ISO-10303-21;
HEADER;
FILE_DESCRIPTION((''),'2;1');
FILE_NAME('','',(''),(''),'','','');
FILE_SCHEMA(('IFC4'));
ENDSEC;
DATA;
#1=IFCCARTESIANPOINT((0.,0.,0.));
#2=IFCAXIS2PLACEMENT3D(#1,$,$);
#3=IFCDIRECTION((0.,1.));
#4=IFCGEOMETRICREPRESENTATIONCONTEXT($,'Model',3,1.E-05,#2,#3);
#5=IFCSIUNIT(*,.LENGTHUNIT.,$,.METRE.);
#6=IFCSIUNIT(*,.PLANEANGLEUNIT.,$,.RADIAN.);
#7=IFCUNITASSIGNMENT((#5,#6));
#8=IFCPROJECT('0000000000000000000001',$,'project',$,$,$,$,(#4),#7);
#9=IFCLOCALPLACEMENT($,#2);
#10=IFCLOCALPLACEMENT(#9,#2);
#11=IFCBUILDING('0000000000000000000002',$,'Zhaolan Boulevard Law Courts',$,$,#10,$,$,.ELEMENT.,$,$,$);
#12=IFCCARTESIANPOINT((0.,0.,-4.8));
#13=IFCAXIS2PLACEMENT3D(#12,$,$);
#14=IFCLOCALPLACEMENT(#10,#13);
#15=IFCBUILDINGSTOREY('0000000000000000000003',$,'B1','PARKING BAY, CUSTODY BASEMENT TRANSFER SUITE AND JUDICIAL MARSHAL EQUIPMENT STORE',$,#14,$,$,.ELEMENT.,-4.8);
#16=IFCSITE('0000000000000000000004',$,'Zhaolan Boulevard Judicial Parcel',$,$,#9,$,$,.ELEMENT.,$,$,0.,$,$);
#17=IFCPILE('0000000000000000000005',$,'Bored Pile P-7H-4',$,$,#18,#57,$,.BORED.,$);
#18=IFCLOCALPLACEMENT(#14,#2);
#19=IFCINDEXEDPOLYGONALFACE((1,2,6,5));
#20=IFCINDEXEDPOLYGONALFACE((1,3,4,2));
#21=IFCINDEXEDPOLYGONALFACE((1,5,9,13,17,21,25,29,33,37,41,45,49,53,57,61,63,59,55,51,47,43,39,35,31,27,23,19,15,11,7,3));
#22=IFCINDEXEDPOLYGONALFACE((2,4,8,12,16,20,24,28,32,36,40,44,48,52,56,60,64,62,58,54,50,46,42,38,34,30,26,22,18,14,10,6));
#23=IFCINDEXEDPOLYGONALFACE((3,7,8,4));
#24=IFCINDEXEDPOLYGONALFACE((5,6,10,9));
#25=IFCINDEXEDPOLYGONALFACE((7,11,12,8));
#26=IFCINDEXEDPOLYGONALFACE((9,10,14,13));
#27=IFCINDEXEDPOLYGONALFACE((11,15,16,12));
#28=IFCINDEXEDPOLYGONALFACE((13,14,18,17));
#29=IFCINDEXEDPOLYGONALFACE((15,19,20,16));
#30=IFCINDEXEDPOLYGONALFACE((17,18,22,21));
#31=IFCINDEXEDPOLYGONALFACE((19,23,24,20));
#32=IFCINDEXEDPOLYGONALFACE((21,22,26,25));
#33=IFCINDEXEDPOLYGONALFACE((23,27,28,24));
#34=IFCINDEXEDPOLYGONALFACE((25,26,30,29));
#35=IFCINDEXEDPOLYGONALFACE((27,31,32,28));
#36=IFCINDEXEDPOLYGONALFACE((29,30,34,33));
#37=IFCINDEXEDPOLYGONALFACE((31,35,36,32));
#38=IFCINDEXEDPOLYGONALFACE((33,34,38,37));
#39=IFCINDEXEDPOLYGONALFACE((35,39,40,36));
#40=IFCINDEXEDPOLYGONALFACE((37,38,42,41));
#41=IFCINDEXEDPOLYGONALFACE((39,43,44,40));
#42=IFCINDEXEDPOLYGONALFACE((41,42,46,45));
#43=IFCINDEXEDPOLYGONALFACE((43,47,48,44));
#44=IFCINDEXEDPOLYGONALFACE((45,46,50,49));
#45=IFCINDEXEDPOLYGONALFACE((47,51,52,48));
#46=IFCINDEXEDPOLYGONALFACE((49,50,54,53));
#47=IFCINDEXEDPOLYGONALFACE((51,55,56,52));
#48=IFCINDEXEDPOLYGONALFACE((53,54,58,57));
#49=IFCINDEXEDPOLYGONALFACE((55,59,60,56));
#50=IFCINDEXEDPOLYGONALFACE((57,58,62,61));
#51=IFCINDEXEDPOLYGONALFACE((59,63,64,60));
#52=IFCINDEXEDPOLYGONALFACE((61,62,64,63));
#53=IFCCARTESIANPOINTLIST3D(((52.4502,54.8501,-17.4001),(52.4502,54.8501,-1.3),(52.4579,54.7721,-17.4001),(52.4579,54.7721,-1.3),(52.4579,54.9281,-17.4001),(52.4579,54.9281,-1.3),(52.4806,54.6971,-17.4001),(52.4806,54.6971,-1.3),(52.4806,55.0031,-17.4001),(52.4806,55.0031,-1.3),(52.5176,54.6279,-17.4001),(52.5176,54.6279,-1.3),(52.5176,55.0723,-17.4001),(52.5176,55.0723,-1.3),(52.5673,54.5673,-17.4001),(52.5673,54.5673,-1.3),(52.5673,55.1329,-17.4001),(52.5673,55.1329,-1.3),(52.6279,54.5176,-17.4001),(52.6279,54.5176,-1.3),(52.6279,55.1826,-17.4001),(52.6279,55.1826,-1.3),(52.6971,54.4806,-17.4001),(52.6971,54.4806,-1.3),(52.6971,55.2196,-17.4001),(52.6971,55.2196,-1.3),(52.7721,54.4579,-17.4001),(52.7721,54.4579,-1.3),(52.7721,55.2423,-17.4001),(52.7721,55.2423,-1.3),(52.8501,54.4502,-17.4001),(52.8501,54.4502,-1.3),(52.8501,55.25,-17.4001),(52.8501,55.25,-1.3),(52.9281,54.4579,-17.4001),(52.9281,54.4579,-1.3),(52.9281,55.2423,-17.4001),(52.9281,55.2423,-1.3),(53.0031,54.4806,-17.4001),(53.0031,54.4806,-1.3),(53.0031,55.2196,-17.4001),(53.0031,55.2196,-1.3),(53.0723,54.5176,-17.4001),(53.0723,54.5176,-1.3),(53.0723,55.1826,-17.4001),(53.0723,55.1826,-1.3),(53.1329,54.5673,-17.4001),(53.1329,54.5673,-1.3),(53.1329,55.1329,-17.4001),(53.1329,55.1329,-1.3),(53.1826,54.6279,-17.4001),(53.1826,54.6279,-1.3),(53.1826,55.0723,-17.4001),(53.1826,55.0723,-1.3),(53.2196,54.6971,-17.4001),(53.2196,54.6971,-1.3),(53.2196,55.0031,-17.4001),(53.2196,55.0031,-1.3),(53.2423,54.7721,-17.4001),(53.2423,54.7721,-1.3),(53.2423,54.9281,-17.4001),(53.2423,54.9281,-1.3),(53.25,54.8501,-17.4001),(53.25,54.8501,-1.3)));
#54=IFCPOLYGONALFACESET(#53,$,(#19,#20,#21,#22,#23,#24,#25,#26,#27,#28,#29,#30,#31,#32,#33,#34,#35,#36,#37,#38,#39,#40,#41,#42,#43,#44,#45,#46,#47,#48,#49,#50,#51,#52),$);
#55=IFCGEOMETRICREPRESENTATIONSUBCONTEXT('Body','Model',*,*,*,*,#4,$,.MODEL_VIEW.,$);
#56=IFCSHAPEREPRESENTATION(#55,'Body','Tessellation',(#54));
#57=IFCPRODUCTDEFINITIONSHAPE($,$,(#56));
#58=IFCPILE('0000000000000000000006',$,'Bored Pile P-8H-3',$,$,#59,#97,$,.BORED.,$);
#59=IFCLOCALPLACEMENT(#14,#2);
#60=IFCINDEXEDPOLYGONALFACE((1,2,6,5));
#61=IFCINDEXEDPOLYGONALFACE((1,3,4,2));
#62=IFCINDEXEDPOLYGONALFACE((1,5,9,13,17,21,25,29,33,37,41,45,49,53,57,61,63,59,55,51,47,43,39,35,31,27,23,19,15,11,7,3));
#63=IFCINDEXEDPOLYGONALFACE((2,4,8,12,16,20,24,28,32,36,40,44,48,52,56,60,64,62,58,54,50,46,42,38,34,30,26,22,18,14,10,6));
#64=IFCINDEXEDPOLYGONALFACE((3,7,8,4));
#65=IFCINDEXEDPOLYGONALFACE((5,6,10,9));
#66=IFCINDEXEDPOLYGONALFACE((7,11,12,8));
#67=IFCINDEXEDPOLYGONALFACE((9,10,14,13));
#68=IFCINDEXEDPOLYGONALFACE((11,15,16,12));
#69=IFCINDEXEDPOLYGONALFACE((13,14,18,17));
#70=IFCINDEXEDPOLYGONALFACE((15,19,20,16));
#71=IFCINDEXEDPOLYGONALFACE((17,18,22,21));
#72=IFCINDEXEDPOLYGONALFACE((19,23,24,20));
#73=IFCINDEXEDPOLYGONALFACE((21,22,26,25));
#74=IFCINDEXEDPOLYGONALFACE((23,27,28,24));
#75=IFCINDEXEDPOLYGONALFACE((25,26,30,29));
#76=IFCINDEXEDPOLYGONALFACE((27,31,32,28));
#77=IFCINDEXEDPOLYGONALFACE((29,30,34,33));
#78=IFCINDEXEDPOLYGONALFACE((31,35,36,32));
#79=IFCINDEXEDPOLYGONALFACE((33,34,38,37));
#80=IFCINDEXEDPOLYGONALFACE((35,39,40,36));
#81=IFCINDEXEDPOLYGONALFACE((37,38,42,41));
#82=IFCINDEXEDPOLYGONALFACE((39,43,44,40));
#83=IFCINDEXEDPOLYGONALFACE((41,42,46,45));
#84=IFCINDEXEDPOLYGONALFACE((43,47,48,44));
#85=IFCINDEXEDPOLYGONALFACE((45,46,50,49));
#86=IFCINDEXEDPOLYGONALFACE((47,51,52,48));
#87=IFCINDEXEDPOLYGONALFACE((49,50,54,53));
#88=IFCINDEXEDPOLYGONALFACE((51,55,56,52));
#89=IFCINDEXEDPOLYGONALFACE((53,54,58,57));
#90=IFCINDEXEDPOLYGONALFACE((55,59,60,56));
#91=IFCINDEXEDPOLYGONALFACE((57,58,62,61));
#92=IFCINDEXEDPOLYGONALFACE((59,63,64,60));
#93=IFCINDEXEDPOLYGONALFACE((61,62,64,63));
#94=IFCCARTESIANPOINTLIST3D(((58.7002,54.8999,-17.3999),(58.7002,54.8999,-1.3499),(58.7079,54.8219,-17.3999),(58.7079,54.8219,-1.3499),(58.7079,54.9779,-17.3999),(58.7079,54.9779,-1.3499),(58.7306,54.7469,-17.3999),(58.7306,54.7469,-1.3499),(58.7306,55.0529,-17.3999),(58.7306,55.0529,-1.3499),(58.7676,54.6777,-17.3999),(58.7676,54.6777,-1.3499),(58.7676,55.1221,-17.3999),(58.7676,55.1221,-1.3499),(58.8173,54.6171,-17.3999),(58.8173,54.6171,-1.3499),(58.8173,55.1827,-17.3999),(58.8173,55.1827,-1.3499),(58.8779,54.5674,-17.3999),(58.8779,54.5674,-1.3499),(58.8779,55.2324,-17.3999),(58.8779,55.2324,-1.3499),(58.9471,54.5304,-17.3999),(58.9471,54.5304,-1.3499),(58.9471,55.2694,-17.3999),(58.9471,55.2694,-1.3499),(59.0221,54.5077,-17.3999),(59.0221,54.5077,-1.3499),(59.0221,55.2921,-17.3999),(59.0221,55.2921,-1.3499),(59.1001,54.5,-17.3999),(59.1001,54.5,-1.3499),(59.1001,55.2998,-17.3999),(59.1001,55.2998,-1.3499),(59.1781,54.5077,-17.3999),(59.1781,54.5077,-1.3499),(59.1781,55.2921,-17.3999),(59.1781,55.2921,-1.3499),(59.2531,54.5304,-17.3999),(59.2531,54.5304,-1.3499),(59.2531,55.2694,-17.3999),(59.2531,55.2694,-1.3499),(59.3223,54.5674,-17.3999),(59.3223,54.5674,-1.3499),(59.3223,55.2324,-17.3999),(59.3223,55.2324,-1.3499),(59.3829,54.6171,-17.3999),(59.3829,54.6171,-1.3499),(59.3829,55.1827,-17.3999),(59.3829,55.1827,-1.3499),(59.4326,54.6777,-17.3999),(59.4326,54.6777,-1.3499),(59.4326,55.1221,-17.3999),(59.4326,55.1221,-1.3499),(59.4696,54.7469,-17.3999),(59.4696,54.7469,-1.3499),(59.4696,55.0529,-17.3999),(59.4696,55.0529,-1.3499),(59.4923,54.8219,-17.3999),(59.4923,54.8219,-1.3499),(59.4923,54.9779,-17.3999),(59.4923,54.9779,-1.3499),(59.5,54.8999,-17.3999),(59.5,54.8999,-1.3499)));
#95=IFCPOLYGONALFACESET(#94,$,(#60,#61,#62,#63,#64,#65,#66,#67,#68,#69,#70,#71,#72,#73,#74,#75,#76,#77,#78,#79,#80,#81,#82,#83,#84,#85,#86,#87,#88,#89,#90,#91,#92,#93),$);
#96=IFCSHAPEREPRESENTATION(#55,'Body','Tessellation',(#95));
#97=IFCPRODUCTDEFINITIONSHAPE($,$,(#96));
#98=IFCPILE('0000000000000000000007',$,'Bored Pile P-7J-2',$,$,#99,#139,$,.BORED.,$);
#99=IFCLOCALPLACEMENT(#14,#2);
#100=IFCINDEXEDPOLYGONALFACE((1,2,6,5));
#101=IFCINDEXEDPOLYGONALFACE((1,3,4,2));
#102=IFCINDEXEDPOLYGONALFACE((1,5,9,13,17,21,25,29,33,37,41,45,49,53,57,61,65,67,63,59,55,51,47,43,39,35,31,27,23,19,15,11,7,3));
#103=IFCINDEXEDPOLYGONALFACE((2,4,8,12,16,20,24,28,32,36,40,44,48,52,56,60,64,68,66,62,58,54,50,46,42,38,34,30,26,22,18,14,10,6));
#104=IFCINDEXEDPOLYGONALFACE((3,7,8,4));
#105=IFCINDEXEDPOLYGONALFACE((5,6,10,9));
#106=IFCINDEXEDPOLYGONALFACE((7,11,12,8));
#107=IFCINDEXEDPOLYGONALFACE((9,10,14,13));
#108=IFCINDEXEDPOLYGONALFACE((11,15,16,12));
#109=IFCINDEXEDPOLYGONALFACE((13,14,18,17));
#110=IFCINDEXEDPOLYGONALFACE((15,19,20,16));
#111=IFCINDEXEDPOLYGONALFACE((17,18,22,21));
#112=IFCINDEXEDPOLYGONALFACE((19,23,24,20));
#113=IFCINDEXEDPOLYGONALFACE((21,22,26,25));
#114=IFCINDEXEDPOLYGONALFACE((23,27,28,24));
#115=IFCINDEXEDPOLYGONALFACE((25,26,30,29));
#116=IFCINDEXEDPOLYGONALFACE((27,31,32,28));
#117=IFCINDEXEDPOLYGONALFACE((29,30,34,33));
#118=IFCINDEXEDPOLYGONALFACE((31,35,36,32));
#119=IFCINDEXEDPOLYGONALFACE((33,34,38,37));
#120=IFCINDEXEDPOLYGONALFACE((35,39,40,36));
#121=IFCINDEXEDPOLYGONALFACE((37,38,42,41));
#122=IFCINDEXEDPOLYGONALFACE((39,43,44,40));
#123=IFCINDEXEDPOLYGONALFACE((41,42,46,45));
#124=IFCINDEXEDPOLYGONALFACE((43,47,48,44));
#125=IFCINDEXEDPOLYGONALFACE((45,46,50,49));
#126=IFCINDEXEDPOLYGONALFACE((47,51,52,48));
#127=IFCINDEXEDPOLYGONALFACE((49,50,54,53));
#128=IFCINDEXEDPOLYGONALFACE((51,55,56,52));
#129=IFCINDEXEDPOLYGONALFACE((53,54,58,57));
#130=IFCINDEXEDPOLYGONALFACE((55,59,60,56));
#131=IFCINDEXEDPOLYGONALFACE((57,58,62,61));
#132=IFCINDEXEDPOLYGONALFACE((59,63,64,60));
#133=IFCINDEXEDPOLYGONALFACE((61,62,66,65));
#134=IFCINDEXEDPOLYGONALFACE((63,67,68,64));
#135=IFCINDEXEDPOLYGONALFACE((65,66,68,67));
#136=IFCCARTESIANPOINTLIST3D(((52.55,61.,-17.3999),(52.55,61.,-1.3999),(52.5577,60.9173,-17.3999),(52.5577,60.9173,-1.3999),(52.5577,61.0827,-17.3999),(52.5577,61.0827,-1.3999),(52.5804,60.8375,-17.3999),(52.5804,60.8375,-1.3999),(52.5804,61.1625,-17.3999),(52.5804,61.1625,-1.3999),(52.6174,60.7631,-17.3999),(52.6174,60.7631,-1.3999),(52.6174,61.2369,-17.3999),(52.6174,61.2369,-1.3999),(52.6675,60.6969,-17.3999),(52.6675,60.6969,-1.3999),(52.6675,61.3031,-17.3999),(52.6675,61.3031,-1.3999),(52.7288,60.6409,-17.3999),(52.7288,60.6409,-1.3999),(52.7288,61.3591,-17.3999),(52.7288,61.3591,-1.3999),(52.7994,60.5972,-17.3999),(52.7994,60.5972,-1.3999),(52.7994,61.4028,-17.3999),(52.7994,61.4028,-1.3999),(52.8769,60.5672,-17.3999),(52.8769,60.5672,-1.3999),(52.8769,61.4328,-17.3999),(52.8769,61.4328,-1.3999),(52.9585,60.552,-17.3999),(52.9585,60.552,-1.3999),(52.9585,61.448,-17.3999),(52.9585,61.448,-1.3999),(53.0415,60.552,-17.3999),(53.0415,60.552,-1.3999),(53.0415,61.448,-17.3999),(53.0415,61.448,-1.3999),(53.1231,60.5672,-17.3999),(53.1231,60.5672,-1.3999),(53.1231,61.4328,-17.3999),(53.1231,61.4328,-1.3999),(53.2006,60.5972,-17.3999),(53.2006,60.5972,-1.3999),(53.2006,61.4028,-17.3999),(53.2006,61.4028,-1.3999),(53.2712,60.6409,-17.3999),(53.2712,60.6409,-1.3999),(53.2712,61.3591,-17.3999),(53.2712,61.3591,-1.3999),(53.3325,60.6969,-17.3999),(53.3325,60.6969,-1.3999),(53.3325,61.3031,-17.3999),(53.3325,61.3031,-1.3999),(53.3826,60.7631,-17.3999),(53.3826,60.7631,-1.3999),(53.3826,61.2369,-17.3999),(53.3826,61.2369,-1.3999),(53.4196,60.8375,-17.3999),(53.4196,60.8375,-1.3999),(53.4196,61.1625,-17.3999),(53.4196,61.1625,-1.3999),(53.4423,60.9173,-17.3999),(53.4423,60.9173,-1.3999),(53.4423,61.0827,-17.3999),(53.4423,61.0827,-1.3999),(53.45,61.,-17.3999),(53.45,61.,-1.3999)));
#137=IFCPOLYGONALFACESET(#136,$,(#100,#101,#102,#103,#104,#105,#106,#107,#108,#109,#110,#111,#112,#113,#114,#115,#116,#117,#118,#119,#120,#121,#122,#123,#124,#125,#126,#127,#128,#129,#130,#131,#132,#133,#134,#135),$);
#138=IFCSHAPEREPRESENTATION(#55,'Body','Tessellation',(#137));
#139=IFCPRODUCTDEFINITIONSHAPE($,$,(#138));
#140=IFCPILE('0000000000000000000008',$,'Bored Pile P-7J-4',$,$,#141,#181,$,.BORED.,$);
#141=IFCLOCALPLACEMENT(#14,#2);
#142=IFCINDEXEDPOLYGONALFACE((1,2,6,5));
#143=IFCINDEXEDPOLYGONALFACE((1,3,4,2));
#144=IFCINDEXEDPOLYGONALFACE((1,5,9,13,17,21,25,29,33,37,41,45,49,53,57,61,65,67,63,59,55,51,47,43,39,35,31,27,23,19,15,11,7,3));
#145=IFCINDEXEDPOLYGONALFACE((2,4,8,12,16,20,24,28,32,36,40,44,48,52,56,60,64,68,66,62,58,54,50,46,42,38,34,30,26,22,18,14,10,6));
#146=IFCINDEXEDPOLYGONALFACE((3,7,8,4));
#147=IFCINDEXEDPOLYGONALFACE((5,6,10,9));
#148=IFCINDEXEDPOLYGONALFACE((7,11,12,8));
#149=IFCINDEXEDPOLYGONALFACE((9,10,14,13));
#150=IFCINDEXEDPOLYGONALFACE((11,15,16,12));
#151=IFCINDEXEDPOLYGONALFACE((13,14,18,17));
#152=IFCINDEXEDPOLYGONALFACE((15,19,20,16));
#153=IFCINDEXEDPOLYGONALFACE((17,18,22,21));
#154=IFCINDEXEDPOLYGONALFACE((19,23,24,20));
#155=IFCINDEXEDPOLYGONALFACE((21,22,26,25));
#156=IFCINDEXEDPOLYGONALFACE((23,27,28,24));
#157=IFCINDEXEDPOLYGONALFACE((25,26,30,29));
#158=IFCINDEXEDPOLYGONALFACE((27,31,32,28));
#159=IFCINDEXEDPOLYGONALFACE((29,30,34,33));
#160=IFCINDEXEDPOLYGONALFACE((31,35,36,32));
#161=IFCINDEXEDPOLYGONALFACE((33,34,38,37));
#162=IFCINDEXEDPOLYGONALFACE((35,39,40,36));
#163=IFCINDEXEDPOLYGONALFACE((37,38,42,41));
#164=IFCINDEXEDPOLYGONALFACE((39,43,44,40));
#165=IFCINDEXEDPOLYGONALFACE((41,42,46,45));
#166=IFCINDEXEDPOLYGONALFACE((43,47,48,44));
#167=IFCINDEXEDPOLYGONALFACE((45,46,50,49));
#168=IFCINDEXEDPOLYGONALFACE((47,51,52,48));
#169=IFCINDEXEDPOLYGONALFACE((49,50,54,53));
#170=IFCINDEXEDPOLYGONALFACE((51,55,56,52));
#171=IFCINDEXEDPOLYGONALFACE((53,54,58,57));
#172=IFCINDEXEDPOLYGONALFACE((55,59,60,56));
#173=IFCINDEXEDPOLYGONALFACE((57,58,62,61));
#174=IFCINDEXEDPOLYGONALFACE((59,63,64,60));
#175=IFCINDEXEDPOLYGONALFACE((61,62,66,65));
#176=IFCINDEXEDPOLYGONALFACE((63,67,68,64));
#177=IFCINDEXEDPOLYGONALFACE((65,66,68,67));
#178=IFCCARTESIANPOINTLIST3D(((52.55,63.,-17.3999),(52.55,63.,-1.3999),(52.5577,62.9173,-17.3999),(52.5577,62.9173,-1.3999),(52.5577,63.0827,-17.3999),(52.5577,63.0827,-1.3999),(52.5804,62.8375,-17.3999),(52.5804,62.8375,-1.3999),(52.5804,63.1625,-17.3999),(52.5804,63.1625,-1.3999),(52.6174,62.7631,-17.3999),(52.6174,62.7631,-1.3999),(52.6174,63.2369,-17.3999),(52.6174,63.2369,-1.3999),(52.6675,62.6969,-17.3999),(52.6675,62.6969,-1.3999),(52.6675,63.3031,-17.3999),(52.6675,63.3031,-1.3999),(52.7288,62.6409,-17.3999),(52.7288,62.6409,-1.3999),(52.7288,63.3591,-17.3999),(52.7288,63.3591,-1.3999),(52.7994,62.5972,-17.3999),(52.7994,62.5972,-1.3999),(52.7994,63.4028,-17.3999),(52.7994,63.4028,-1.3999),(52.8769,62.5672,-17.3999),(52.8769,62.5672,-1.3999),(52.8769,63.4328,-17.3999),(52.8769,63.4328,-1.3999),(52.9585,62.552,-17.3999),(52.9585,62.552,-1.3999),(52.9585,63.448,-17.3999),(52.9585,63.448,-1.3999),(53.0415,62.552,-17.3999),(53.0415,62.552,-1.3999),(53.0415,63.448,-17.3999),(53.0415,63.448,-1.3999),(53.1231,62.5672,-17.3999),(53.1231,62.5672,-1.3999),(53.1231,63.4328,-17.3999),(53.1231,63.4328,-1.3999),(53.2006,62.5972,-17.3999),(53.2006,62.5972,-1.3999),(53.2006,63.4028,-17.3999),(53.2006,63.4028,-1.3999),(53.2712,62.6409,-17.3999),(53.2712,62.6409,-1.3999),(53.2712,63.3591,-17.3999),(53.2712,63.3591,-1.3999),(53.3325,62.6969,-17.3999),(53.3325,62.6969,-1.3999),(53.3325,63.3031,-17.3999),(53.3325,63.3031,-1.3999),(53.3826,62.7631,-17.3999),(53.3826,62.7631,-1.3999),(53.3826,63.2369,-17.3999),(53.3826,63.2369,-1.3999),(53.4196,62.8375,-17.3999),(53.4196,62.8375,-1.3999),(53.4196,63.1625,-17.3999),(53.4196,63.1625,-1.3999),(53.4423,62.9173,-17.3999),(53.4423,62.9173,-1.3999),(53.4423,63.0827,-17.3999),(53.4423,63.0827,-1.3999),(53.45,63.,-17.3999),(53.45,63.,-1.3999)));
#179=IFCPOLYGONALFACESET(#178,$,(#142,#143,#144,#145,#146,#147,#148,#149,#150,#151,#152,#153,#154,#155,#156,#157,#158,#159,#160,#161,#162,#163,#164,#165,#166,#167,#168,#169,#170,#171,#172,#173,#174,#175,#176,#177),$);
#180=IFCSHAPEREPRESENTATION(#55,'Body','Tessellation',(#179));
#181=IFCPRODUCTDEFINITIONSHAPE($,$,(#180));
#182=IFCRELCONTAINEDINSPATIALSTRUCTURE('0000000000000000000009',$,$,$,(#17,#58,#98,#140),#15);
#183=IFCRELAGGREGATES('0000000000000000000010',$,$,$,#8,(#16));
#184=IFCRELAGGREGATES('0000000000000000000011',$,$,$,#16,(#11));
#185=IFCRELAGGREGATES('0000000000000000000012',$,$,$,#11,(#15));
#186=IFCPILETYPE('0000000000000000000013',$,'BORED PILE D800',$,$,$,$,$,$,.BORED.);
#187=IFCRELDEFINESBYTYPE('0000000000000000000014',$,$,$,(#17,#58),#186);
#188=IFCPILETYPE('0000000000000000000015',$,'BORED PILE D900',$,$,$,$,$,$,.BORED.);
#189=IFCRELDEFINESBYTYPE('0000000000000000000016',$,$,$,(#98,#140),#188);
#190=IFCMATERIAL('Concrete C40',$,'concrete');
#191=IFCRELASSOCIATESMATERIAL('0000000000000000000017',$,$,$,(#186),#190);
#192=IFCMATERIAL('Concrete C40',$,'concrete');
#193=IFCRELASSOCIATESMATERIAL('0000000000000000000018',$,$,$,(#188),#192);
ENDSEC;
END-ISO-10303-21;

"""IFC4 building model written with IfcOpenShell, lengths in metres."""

from ifc_helpers import new_model, si_unit, direction, frame, origin, origin_2d, place, context, subcontext, project, spatial, circle, extrude, material, material_profile, profile_set, type_object, element, save


model = new_model("IFC4")

# Units and contexts
model_context = context("Model", 3, precision=1e-05, world=origin(), true_north=direction((0.0, 1.0)))
body_context = subcontext(model_context, "Body", "Model", "MODEL_VIEW")
ifc_project = project(units=[si_unit("LENGTHUNIT", "METRE"), si_unit("PLANEANGLEUNIT", "RADIAN")], contexts=[model_context])

# Site, building, storey
site_placement = place(None, origin())
site = spatial("IfcSite", under=ifc_project, at=site_placement, Name="Zhaolan Boulevard Judicial Parcel", CompositionType="ELEMENT", RefElevation=0.0)
building_placement = place(site_placement, origin())
building = spatial("IfcBuilding", under=site, at=building_placement, Name="Zhaolan Boulevard Law Courts", CompositionType="ELEMENT")
storey_placement = place(building_placement, frame((0.0, 0.0, -4.8)))
storey = spatial("IfcBuildingStorey", under=building, at=storey_placement, Name="B1", Description="PARKING BAY, CUSTODY BASEMENT TRANSFER SUITE AND JUDICIAL MARSHAL EQUIPMENT STORE", CompositionType="ELEMENT", Elevation=-4.8)

# Piles
ifc_material_1 = material(Name="Concrete C40", Category="concrete")
ifc_material_profile_1 = material_profile(ifc_material_1, circle(Radius=0.3999, at=origin_2d()), Name="PILE-D800")
ifc_profile_set_1 = profile_set([ifc_material_profile_1], Name="Concrete C40")
pile_type_1 = type_object("IfcPileType", Name="BORED PILE D800", PredefinedType="BORED", material=ifc_profile_set_1)
pile_1_placement = place(storey_placement, frame((52.8501, 54.8501, -1.3), z_axis=(0.0, 0.0, -1.0), x_axis=(1.0, 0.0, 0.0)))
element("IfcPile", 1, at=pile_1_placement, inside=storey, type_object=pile_type_1, Name="Bored Pile P-7H-4", PredefinedType="BORED", context=body_context, shape_type="SweptSolid", body=[
    extrude(circle(Radius=0.3999, at=origin_2d()), origin(), (0.0, 0.0, 1.0), 16.1001),
])
pile_2_placement = place(storey_placement, frame((59.1001, 54.8999, -1.3499), z_axis=(0.0, 0.0, -1.0), x_axis=(1.0, 0.0, 0.0)))
element("IfcPile", 2, at=pile_2_placement, inside=storey, type_object=pile_type_1, Name="Bored Pile P-8H-3", PredefinedType="BORED", context=body_context, shape_type="SweptSolid", body=[
    extrude(circle(Radius=0.3999, at=origin_2d()), origin(), (0.0, 0.0, 1.0), 16.05),
])
ifc_material_2 = material(Name="Concrete C40", Category="concrete")
ifc_material_profile_2 = material_profile(ifc_material_2, circle(Radius=0.45, at=origin_2d()), Name="PILE-D900")
ifc_profile_set_2 = profile_set([ifc_material_profile_2], Name="Concrete C40")
pile_type_2 = type_object("IfcPileType", Name="BORED PILE D900", PredefinedType="BORED", material=ifc_profile_set_2)
for number, where, z_axis, x_axis, name in (
    (3, (53.0, 61.0, -1.3999), (0.0, 0.0, -1.0), (1.0, 0.0, 0.0), "Bored Pile P-7J-2"),
    (4, (53.0, 63.0, -1.3999), (0.0, 0.0, -1.0), (1.0, 0.0, 0.0), "Bored Pile P-7J-4"),
):
    element("IfcPile", number, at=place(storey_placement, frame(where, z_axis=z_axis, x_axis=x_axis)), inside=storey, type_object=pile_type_2, Name=name, PredefinedType="BORED", context=body_context, shape_type="SweptSolid", body=[
        extrude(circle(Radius=0.45, at=origin_2d()), origin(), (0.0, 0.0, 1.0), 16.0),
    ])

save(model, "model.ifc")
